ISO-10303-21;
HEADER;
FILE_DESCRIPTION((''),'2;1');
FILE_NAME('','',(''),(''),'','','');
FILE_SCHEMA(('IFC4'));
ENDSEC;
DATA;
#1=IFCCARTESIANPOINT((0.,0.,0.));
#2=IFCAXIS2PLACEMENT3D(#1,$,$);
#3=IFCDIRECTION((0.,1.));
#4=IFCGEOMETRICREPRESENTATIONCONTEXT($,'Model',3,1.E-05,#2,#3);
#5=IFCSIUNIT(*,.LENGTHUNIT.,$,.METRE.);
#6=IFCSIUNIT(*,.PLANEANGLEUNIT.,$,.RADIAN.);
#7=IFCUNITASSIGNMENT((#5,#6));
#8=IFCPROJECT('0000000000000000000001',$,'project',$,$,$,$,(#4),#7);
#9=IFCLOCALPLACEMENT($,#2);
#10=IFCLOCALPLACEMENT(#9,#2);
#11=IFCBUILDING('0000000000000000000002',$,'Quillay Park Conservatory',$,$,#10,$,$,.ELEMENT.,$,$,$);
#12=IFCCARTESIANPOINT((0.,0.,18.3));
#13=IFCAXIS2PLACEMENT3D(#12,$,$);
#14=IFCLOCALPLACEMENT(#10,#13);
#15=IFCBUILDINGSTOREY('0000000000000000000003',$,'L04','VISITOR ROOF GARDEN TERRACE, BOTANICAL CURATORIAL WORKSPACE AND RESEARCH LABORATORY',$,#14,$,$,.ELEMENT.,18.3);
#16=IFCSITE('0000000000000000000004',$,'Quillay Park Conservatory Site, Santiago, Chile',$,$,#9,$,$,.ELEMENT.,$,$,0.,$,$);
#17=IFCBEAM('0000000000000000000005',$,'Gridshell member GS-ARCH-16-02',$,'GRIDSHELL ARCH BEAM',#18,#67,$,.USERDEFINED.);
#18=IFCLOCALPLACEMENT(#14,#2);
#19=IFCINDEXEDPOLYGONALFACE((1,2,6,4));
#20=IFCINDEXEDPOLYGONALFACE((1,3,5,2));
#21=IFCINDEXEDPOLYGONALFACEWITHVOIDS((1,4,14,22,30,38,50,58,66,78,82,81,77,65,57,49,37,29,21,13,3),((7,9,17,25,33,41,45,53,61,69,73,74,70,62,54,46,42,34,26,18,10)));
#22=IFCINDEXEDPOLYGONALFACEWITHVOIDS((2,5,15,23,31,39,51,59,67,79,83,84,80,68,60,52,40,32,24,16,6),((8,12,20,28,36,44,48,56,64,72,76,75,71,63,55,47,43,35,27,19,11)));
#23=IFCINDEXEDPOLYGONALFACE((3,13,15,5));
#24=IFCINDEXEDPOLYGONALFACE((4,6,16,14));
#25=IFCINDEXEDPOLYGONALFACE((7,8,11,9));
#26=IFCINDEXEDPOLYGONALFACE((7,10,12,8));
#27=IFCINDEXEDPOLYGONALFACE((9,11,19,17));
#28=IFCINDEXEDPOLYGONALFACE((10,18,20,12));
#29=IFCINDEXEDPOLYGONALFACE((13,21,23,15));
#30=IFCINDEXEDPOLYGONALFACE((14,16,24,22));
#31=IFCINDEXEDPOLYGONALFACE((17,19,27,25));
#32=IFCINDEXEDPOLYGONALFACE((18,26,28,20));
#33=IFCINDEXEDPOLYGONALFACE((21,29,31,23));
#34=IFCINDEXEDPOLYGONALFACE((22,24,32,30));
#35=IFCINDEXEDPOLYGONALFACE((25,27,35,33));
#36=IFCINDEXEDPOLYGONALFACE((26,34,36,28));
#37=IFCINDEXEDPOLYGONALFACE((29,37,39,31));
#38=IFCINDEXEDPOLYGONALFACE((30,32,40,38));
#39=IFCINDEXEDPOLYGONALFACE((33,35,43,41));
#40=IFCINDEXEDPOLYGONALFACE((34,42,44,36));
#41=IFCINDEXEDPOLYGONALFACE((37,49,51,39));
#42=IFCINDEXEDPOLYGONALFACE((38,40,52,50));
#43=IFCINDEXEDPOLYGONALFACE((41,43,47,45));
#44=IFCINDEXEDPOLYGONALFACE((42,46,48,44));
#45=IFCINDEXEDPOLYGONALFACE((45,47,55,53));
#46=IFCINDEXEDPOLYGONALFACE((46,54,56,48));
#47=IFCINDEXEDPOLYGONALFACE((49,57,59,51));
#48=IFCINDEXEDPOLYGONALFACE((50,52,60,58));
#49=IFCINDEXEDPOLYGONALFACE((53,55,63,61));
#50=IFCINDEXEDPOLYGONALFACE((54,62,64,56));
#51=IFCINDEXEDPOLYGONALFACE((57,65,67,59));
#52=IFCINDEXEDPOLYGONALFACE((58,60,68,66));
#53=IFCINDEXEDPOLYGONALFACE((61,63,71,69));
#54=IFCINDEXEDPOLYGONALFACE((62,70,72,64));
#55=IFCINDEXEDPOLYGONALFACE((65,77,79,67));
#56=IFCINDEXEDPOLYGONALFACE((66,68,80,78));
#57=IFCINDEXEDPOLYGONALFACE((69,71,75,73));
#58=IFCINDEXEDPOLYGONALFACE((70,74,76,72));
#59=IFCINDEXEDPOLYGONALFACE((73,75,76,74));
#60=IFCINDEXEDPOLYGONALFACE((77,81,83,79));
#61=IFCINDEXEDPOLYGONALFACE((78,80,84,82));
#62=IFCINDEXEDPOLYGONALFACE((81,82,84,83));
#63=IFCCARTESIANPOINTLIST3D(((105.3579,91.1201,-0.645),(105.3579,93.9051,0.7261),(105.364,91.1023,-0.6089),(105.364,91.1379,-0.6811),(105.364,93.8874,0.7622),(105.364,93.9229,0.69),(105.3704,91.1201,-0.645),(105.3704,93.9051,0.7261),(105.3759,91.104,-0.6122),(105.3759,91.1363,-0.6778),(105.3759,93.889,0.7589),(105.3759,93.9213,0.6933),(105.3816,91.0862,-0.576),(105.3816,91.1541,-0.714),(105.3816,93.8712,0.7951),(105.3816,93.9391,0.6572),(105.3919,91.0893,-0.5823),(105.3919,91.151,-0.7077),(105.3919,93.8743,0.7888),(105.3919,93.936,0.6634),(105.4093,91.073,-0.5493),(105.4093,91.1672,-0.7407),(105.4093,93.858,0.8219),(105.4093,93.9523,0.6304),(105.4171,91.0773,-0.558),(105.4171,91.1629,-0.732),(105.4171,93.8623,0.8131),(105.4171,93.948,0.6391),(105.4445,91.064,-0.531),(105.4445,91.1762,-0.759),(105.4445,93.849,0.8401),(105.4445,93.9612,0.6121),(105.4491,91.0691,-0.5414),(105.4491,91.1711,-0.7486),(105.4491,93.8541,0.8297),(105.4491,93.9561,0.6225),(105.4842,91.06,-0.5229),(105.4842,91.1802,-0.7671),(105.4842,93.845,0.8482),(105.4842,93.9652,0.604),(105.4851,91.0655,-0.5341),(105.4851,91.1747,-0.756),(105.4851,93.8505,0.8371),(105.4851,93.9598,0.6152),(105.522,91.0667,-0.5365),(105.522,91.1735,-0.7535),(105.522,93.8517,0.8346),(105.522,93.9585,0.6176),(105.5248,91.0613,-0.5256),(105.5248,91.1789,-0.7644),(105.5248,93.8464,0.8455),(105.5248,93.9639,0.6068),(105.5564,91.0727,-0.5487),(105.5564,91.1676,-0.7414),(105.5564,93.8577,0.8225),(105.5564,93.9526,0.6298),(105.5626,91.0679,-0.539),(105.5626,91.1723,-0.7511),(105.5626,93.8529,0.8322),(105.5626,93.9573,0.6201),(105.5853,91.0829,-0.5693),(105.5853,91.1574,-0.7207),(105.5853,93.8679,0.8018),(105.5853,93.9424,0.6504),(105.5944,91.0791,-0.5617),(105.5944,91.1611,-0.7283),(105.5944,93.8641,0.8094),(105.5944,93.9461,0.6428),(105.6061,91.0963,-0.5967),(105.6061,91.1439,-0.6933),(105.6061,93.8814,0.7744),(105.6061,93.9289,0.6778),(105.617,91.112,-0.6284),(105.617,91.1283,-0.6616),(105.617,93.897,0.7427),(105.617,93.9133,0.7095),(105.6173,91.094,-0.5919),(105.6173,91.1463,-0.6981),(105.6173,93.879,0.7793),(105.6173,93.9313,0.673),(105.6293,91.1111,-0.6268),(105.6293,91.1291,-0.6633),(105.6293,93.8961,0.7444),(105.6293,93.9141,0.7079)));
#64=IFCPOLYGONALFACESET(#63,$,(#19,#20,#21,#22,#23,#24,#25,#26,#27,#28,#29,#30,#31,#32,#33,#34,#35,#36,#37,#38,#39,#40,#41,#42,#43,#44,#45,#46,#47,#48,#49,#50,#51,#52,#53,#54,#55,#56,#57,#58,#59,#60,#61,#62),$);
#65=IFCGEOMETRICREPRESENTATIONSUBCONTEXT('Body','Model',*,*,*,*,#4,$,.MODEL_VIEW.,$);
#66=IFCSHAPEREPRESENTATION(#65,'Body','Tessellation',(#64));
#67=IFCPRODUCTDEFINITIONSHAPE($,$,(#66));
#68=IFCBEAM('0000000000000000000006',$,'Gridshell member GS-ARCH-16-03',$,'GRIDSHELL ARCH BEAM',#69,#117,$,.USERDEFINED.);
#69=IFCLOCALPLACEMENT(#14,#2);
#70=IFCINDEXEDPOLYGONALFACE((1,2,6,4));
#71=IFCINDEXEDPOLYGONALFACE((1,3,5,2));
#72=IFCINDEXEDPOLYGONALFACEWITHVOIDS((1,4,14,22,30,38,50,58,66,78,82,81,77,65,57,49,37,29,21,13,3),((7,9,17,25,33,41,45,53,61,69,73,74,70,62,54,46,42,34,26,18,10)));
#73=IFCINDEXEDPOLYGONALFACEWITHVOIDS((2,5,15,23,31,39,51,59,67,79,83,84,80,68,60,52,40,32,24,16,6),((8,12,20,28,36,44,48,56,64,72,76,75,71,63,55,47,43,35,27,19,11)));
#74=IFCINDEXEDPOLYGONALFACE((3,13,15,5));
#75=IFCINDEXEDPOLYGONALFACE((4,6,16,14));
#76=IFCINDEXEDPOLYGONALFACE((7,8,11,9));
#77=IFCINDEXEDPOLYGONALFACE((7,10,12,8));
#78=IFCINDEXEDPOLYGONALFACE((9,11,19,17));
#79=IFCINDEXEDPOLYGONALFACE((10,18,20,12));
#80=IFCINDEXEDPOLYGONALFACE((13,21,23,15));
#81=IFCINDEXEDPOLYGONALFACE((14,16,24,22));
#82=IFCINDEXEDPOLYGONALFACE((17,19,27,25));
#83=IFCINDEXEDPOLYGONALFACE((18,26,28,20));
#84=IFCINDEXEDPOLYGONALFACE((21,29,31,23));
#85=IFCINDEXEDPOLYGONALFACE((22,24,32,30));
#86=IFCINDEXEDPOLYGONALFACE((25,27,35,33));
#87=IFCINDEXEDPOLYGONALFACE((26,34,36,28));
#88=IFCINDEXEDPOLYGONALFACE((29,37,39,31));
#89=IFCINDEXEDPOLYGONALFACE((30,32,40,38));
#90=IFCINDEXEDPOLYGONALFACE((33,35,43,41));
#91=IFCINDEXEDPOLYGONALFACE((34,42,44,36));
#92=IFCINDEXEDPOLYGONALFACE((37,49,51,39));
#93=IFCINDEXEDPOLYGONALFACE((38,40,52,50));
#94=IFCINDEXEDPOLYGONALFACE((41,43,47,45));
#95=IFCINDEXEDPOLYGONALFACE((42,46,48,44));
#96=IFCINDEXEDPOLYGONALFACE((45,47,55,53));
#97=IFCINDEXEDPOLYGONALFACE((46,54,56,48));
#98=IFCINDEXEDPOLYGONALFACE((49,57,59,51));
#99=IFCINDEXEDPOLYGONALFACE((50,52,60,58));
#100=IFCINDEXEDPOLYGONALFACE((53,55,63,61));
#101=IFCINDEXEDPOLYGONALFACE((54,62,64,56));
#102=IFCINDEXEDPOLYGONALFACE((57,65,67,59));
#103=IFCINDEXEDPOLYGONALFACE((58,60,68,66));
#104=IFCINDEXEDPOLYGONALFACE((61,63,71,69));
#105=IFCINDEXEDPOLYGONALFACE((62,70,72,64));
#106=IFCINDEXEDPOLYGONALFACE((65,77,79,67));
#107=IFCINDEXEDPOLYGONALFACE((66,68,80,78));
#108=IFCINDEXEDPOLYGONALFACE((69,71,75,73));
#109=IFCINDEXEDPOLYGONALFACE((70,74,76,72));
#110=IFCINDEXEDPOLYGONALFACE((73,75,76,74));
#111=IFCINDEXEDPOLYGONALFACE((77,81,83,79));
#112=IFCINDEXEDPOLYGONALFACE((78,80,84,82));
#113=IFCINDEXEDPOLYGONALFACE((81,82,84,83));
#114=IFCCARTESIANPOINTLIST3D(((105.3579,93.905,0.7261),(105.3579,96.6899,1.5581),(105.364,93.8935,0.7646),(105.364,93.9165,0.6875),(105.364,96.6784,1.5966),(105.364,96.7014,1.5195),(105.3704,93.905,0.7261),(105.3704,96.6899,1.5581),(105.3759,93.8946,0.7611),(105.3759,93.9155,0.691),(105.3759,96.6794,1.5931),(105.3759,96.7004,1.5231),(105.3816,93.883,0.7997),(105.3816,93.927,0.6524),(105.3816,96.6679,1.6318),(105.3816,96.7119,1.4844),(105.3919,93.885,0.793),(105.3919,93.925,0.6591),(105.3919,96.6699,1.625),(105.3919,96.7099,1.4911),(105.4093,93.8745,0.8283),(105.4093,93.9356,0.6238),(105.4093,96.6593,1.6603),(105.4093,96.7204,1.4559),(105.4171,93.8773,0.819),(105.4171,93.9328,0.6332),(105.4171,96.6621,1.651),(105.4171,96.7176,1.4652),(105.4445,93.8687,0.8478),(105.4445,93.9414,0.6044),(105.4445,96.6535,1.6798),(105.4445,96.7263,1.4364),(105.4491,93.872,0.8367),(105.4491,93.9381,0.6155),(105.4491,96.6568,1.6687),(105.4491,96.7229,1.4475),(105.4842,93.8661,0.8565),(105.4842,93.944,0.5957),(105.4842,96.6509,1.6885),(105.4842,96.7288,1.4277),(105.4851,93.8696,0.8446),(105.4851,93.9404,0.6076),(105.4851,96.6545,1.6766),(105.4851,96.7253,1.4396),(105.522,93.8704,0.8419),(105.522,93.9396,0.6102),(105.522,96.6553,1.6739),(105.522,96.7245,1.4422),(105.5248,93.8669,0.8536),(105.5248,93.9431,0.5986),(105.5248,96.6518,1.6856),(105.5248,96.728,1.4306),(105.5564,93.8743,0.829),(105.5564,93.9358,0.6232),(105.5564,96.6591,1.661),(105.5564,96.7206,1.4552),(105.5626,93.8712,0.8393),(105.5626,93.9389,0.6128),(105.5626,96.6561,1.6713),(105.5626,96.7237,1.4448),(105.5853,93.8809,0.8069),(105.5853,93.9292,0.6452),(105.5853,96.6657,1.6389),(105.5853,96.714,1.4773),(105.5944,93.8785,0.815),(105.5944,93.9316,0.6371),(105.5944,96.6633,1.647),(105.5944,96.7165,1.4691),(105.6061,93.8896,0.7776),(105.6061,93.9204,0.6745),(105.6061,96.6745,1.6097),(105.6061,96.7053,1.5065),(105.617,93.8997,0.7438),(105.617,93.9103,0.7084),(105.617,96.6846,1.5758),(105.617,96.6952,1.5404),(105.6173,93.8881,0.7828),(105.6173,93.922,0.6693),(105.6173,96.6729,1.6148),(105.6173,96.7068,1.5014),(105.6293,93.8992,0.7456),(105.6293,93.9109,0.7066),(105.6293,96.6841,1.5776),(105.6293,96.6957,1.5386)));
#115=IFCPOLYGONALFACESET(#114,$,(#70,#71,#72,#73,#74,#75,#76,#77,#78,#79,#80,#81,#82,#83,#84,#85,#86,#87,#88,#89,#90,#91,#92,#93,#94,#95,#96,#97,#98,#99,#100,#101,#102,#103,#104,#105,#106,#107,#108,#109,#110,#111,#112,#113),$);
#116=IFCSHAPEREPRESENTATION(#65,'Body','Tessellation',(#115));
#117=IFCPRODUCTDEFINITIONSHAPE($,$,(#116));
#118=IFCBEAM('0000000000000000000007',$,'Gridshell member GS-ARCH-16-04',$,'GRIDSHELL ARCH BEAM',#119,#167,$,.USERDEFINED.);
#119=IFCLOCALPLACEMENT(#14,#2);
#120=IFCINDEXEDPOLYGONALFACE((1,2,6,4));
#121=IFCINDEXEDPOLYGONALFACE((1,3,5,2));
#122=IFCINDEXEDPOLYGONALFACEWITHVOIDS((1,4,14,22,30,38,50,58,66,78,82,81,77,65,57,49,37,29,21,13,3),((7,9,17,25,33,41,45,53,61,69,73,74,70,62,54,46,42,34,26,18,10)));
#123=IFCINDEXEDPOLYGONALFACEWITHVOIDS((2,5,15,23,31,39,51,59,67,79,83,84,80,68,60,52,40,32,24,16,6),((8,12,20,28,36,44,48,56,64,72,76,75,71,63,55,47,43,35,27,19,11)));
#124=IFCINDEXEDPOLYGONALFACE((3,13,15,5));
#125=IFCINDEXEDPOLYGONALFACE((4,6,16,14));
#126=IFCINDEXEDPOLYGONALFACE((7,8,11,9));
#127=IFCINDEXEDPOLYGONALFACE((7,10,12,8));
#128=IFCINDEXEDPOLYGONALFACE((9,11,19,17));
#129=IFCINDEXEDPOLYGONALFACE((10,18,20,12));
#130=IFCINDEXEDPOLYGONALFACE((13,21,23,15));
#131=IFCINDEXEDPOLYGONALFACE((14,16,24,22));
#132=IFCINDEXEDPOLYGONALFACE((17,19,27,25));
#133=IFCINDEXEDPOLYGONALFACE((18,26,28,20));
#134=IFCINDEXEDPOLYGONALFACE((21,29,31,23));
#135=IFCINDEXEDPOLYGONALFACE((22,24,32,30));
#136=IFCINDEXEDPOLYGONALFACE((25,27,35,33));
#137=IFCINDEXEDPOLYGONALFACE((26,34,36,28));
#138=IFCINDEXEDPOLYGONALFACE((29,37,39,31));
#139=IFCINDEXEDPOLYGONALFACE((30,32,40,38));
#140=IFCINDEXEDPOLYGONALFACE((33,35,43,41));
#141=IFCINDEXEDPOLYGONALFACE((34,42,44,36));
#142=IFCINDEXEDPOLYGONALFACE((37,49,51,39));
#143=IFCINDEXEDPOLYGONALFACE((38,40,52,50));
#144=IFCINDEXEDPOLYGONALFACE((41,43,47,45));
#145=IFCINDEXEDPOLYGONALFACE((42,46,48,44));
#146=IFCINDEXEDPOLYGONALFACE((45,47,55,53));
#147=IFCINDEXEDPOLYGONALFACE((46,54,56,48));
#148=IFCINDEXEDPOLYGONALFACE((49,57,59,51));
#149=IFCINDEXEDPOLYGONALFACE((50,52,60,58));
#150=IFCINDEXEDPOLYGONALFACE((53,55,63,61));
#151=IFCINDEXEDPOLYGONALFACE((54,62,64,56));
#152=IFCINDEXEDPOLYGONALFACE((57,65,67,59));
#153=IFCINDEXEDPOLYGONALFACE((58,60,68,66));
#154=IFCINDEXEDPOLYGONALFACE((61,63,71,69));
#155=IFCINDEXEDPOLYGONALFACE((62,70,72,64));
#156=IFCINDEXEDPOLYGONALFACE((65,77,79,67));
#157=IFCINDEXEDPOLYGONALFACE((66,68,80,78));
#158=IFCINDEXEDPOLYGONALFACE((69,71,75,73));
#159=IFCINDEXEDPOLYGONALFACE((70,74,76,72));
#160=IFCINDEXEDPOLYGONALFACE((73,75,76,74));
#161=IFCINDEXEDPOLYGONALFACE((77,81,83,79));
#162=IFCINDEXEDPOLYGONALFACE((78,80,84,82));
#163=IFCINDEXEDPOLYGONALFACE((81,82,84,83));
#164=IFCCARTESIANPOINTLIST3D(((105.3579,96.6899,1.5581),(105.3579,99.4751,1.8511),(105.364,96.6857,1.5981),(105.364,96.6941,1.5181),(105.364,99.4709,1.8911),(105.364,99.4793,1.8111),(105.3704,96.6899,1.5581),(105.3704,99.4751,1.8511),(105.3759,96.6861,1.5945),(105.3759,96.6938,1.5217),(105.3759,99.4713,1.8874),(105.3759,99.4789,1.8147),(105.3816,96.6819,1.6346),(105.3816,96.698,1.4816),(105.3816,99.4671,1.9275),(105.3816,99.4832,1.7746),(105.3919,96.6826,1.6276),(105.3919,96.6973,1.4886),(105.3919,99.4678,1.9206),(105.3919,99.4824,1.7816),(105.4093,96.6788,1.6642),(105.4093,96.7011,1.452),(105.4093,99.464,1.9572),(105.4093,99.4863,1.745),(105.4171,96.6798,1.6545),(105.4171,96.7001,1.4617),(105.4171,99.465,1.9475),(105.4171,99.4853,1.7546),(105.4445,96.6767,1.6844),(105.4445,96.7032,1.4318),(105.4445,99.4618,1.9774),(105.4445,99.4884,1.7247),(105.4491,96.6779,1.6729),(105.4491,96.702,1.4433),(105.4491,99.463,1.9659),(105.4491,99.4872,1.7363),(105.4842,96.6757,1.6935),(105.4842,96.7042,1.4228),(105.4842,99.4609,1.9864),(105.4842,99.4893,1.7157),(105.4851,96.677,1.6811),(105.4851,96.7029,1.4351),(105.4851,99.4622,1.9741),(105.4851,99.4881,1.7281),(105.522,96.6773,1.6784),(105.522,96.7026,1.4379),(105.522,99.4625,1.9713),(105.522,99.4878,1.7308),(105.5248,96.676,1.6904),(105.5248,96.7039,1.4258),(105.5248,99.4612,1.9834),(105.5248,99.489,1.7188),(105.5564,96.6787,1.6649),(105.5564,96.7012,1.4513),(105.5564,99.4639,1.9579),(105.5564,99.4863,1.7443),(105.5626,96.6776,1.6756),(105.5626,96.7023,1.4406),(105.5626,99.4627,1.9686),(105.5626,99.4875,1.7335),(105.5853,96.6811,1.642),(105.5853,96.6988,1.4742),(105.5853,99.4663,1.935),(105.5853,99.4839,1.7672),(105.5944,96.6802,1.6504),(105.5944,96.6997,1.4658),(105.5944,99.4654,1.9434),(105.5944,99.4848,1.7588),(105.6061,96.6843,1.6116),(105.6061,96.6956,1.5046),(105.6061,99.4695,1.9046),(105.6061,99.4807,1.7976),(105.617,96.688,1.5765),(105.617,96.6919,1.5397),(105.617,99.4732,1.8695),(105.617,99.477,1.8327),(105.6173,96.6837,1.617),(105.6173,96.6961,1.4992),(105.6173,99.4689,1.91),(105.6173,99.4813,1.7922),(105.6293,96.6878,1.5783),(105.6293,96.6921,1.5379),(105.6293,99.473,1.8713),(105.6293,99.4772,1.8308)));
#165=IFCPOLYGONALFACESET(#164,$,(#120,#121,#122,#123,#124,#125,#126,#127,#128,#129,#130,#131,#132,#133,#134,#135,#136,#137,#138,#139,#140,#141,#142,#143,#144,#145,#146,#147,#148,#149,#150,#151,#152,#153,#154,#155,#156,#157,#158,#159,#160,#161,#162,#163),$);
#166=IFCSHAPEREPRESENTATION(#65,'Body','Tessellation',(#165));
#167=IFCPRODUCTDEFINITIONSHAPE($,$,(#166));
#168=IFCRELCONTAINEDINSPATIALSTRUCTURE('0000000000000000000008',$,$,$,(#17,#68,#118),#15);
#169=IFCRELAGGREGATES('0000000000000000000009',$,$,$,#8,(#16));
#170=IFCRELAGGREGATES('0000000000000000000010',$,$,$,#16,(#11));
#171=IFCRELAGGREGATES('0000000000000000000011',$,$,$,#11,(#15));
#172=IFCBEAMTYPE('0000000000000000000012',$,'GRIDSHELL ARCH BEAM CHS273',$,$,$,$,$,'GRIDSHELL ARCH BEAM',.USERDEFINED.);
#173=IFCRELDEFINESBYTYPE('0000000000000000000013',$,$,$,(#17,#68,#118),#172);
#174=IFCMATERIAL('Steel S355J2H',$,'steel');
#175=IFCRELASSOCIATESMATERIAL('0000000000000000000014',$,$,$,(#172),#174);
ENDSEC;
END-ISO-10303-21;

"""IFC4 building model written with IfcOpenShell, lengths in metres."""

from ifc_helpers import new_model, si_unit, direction, frame, origin, origin_2d, place, context, subcontext, project, spatial, hollow_circle, extrude, material, material_profile, profile_set, type_object, element, save


model = new_model("IFC4")

# Units and contexts
model_context = context("Model", 3, precision=1e-05, world=origin(), true_north=direction((0.0, 1.0)))
body_context = subcontext(model_context, "Body", "Model", "MODEL_VIEW")
ifc_project = project(units=[si_unit("LENGTHUNIT", "METRE"), si_unit("PLANEANGLEUNIT", "RADIAN")], contexts=[model_context])

# Site, building, storey
site_placement = place(None, origin())
site = spatial("IfcSite", under=ifc_project, at=site_placement, Name="Quillay Park Conservatory Site, Santiago, Chile", CompositionType="ELEMENT", RefElevation=0.0)
building_placement = place(site_placement, origin())
building = spatial("IfcBuilding", under=site, at=building_placement, Name="Quillay Park Conservatory", CompositionType="ELEMENT")
storey_placement = place(building_placement, frame((0.0, 0.0, 18.3)))
storey = spatial("IfcBuildingStorey", under=building, at=storey_placement, Name="L04", Description="VISITOR ROOF GARDEN TERRACE, BOTANICAL CURATORIAL WORKSPACE AND RESEARCH LABORATORY", CompositionType="ELEMENT", Elevation=18.3)

# Beams
ifc_material_1 = material(Name="Steel S355J2H", Category="steel")
ifc_material_profile_1 = material_profile(ifc_material_1, hollow_circle(Radius=0.1365, WallThickness=0.0125, at=origin_2d()), Name="CHS273x12.5")
ifc_profile_set_1 = profile_set([ifc_material_profile_1], Name="Steel S355J2H")
beam_type = type_object("IfcBeamType", Name="GRIDSHELL ARCH BEAM CHS273", ElementType="GRIDSHELL ARCH BEAM", PredefinedType="USERDEFINED", material=ifc_profile_set_1)
beam_1_placement = place(storey_placement, frame((105.4944, 91.1201, -0.645), z_axis=(0.0, 0.897163, 0.4417), x_axis=(-1.0, 0.0, 0.0)))
element("IfcBeam", 1, at=beam_1_placement, inside=storey, type_object=beam_type, Name="Gridshell member GS-ARCH-16-02", ObjectType="GRIDSHELL ARCH BEAM", PredefinedType="USERDEFINED", context=body_context, shape_type="SweptSolid", body=[
    extrude(hollow_circle(Radius=0.1365, WallThickness=0.0125, at=origin_2d()), origin(), (0.0, 0.0, 1.0), 3.1042),
])
beam_2_placement = place(storey_placement, frame((105.4944, 93.905, 0.7261), z_axis=(0.0, 0.958152, 0.286261), x_axis=(-1.0, 0.0, 0.0)))
element("IfcBeam", 2, at=beam_2_placement, inside=storey, type_object=beam_type, Name="Gridshell member GS-ARCH-16-03", ObjectType="GRIDSHELL ARCH BEAM", PredefinedType="USERDEFINED", context=body_context, shape_type="SweptSolid", body=[
    extrude(hollow_circle(Radius=0.1365, WallThickness=0.0125, at=origin_2d()), origin(), (0.0, 0.0, 1.0), 2.9065),
])
beam_3_placement = place(storey_placement, frame((105.4944, 96.6899, 1.5581), z_axis=(0.0, 0.994513, 0.104612), x_axis=(-1.0, 0.0, 0.0)))
element("IfcBeam", 3, at=beam_3_placement, inside=storey, type_object=beam_type, Name="Gridshell member GS-ARCH-16-04", ObjectType="GRIDSHELL ARCH BEAM", PredefinedType="USERDEFINED", context=body_context, shape_type="SweptSolid", body=[
    extrude(hollow_circle(Radius=0.1365, WallThickness=0.0125, at=origin_2d()), origin(), (0.0, 0.0, 1.0), 2.8005),
])

save(model, "model.ifc")
